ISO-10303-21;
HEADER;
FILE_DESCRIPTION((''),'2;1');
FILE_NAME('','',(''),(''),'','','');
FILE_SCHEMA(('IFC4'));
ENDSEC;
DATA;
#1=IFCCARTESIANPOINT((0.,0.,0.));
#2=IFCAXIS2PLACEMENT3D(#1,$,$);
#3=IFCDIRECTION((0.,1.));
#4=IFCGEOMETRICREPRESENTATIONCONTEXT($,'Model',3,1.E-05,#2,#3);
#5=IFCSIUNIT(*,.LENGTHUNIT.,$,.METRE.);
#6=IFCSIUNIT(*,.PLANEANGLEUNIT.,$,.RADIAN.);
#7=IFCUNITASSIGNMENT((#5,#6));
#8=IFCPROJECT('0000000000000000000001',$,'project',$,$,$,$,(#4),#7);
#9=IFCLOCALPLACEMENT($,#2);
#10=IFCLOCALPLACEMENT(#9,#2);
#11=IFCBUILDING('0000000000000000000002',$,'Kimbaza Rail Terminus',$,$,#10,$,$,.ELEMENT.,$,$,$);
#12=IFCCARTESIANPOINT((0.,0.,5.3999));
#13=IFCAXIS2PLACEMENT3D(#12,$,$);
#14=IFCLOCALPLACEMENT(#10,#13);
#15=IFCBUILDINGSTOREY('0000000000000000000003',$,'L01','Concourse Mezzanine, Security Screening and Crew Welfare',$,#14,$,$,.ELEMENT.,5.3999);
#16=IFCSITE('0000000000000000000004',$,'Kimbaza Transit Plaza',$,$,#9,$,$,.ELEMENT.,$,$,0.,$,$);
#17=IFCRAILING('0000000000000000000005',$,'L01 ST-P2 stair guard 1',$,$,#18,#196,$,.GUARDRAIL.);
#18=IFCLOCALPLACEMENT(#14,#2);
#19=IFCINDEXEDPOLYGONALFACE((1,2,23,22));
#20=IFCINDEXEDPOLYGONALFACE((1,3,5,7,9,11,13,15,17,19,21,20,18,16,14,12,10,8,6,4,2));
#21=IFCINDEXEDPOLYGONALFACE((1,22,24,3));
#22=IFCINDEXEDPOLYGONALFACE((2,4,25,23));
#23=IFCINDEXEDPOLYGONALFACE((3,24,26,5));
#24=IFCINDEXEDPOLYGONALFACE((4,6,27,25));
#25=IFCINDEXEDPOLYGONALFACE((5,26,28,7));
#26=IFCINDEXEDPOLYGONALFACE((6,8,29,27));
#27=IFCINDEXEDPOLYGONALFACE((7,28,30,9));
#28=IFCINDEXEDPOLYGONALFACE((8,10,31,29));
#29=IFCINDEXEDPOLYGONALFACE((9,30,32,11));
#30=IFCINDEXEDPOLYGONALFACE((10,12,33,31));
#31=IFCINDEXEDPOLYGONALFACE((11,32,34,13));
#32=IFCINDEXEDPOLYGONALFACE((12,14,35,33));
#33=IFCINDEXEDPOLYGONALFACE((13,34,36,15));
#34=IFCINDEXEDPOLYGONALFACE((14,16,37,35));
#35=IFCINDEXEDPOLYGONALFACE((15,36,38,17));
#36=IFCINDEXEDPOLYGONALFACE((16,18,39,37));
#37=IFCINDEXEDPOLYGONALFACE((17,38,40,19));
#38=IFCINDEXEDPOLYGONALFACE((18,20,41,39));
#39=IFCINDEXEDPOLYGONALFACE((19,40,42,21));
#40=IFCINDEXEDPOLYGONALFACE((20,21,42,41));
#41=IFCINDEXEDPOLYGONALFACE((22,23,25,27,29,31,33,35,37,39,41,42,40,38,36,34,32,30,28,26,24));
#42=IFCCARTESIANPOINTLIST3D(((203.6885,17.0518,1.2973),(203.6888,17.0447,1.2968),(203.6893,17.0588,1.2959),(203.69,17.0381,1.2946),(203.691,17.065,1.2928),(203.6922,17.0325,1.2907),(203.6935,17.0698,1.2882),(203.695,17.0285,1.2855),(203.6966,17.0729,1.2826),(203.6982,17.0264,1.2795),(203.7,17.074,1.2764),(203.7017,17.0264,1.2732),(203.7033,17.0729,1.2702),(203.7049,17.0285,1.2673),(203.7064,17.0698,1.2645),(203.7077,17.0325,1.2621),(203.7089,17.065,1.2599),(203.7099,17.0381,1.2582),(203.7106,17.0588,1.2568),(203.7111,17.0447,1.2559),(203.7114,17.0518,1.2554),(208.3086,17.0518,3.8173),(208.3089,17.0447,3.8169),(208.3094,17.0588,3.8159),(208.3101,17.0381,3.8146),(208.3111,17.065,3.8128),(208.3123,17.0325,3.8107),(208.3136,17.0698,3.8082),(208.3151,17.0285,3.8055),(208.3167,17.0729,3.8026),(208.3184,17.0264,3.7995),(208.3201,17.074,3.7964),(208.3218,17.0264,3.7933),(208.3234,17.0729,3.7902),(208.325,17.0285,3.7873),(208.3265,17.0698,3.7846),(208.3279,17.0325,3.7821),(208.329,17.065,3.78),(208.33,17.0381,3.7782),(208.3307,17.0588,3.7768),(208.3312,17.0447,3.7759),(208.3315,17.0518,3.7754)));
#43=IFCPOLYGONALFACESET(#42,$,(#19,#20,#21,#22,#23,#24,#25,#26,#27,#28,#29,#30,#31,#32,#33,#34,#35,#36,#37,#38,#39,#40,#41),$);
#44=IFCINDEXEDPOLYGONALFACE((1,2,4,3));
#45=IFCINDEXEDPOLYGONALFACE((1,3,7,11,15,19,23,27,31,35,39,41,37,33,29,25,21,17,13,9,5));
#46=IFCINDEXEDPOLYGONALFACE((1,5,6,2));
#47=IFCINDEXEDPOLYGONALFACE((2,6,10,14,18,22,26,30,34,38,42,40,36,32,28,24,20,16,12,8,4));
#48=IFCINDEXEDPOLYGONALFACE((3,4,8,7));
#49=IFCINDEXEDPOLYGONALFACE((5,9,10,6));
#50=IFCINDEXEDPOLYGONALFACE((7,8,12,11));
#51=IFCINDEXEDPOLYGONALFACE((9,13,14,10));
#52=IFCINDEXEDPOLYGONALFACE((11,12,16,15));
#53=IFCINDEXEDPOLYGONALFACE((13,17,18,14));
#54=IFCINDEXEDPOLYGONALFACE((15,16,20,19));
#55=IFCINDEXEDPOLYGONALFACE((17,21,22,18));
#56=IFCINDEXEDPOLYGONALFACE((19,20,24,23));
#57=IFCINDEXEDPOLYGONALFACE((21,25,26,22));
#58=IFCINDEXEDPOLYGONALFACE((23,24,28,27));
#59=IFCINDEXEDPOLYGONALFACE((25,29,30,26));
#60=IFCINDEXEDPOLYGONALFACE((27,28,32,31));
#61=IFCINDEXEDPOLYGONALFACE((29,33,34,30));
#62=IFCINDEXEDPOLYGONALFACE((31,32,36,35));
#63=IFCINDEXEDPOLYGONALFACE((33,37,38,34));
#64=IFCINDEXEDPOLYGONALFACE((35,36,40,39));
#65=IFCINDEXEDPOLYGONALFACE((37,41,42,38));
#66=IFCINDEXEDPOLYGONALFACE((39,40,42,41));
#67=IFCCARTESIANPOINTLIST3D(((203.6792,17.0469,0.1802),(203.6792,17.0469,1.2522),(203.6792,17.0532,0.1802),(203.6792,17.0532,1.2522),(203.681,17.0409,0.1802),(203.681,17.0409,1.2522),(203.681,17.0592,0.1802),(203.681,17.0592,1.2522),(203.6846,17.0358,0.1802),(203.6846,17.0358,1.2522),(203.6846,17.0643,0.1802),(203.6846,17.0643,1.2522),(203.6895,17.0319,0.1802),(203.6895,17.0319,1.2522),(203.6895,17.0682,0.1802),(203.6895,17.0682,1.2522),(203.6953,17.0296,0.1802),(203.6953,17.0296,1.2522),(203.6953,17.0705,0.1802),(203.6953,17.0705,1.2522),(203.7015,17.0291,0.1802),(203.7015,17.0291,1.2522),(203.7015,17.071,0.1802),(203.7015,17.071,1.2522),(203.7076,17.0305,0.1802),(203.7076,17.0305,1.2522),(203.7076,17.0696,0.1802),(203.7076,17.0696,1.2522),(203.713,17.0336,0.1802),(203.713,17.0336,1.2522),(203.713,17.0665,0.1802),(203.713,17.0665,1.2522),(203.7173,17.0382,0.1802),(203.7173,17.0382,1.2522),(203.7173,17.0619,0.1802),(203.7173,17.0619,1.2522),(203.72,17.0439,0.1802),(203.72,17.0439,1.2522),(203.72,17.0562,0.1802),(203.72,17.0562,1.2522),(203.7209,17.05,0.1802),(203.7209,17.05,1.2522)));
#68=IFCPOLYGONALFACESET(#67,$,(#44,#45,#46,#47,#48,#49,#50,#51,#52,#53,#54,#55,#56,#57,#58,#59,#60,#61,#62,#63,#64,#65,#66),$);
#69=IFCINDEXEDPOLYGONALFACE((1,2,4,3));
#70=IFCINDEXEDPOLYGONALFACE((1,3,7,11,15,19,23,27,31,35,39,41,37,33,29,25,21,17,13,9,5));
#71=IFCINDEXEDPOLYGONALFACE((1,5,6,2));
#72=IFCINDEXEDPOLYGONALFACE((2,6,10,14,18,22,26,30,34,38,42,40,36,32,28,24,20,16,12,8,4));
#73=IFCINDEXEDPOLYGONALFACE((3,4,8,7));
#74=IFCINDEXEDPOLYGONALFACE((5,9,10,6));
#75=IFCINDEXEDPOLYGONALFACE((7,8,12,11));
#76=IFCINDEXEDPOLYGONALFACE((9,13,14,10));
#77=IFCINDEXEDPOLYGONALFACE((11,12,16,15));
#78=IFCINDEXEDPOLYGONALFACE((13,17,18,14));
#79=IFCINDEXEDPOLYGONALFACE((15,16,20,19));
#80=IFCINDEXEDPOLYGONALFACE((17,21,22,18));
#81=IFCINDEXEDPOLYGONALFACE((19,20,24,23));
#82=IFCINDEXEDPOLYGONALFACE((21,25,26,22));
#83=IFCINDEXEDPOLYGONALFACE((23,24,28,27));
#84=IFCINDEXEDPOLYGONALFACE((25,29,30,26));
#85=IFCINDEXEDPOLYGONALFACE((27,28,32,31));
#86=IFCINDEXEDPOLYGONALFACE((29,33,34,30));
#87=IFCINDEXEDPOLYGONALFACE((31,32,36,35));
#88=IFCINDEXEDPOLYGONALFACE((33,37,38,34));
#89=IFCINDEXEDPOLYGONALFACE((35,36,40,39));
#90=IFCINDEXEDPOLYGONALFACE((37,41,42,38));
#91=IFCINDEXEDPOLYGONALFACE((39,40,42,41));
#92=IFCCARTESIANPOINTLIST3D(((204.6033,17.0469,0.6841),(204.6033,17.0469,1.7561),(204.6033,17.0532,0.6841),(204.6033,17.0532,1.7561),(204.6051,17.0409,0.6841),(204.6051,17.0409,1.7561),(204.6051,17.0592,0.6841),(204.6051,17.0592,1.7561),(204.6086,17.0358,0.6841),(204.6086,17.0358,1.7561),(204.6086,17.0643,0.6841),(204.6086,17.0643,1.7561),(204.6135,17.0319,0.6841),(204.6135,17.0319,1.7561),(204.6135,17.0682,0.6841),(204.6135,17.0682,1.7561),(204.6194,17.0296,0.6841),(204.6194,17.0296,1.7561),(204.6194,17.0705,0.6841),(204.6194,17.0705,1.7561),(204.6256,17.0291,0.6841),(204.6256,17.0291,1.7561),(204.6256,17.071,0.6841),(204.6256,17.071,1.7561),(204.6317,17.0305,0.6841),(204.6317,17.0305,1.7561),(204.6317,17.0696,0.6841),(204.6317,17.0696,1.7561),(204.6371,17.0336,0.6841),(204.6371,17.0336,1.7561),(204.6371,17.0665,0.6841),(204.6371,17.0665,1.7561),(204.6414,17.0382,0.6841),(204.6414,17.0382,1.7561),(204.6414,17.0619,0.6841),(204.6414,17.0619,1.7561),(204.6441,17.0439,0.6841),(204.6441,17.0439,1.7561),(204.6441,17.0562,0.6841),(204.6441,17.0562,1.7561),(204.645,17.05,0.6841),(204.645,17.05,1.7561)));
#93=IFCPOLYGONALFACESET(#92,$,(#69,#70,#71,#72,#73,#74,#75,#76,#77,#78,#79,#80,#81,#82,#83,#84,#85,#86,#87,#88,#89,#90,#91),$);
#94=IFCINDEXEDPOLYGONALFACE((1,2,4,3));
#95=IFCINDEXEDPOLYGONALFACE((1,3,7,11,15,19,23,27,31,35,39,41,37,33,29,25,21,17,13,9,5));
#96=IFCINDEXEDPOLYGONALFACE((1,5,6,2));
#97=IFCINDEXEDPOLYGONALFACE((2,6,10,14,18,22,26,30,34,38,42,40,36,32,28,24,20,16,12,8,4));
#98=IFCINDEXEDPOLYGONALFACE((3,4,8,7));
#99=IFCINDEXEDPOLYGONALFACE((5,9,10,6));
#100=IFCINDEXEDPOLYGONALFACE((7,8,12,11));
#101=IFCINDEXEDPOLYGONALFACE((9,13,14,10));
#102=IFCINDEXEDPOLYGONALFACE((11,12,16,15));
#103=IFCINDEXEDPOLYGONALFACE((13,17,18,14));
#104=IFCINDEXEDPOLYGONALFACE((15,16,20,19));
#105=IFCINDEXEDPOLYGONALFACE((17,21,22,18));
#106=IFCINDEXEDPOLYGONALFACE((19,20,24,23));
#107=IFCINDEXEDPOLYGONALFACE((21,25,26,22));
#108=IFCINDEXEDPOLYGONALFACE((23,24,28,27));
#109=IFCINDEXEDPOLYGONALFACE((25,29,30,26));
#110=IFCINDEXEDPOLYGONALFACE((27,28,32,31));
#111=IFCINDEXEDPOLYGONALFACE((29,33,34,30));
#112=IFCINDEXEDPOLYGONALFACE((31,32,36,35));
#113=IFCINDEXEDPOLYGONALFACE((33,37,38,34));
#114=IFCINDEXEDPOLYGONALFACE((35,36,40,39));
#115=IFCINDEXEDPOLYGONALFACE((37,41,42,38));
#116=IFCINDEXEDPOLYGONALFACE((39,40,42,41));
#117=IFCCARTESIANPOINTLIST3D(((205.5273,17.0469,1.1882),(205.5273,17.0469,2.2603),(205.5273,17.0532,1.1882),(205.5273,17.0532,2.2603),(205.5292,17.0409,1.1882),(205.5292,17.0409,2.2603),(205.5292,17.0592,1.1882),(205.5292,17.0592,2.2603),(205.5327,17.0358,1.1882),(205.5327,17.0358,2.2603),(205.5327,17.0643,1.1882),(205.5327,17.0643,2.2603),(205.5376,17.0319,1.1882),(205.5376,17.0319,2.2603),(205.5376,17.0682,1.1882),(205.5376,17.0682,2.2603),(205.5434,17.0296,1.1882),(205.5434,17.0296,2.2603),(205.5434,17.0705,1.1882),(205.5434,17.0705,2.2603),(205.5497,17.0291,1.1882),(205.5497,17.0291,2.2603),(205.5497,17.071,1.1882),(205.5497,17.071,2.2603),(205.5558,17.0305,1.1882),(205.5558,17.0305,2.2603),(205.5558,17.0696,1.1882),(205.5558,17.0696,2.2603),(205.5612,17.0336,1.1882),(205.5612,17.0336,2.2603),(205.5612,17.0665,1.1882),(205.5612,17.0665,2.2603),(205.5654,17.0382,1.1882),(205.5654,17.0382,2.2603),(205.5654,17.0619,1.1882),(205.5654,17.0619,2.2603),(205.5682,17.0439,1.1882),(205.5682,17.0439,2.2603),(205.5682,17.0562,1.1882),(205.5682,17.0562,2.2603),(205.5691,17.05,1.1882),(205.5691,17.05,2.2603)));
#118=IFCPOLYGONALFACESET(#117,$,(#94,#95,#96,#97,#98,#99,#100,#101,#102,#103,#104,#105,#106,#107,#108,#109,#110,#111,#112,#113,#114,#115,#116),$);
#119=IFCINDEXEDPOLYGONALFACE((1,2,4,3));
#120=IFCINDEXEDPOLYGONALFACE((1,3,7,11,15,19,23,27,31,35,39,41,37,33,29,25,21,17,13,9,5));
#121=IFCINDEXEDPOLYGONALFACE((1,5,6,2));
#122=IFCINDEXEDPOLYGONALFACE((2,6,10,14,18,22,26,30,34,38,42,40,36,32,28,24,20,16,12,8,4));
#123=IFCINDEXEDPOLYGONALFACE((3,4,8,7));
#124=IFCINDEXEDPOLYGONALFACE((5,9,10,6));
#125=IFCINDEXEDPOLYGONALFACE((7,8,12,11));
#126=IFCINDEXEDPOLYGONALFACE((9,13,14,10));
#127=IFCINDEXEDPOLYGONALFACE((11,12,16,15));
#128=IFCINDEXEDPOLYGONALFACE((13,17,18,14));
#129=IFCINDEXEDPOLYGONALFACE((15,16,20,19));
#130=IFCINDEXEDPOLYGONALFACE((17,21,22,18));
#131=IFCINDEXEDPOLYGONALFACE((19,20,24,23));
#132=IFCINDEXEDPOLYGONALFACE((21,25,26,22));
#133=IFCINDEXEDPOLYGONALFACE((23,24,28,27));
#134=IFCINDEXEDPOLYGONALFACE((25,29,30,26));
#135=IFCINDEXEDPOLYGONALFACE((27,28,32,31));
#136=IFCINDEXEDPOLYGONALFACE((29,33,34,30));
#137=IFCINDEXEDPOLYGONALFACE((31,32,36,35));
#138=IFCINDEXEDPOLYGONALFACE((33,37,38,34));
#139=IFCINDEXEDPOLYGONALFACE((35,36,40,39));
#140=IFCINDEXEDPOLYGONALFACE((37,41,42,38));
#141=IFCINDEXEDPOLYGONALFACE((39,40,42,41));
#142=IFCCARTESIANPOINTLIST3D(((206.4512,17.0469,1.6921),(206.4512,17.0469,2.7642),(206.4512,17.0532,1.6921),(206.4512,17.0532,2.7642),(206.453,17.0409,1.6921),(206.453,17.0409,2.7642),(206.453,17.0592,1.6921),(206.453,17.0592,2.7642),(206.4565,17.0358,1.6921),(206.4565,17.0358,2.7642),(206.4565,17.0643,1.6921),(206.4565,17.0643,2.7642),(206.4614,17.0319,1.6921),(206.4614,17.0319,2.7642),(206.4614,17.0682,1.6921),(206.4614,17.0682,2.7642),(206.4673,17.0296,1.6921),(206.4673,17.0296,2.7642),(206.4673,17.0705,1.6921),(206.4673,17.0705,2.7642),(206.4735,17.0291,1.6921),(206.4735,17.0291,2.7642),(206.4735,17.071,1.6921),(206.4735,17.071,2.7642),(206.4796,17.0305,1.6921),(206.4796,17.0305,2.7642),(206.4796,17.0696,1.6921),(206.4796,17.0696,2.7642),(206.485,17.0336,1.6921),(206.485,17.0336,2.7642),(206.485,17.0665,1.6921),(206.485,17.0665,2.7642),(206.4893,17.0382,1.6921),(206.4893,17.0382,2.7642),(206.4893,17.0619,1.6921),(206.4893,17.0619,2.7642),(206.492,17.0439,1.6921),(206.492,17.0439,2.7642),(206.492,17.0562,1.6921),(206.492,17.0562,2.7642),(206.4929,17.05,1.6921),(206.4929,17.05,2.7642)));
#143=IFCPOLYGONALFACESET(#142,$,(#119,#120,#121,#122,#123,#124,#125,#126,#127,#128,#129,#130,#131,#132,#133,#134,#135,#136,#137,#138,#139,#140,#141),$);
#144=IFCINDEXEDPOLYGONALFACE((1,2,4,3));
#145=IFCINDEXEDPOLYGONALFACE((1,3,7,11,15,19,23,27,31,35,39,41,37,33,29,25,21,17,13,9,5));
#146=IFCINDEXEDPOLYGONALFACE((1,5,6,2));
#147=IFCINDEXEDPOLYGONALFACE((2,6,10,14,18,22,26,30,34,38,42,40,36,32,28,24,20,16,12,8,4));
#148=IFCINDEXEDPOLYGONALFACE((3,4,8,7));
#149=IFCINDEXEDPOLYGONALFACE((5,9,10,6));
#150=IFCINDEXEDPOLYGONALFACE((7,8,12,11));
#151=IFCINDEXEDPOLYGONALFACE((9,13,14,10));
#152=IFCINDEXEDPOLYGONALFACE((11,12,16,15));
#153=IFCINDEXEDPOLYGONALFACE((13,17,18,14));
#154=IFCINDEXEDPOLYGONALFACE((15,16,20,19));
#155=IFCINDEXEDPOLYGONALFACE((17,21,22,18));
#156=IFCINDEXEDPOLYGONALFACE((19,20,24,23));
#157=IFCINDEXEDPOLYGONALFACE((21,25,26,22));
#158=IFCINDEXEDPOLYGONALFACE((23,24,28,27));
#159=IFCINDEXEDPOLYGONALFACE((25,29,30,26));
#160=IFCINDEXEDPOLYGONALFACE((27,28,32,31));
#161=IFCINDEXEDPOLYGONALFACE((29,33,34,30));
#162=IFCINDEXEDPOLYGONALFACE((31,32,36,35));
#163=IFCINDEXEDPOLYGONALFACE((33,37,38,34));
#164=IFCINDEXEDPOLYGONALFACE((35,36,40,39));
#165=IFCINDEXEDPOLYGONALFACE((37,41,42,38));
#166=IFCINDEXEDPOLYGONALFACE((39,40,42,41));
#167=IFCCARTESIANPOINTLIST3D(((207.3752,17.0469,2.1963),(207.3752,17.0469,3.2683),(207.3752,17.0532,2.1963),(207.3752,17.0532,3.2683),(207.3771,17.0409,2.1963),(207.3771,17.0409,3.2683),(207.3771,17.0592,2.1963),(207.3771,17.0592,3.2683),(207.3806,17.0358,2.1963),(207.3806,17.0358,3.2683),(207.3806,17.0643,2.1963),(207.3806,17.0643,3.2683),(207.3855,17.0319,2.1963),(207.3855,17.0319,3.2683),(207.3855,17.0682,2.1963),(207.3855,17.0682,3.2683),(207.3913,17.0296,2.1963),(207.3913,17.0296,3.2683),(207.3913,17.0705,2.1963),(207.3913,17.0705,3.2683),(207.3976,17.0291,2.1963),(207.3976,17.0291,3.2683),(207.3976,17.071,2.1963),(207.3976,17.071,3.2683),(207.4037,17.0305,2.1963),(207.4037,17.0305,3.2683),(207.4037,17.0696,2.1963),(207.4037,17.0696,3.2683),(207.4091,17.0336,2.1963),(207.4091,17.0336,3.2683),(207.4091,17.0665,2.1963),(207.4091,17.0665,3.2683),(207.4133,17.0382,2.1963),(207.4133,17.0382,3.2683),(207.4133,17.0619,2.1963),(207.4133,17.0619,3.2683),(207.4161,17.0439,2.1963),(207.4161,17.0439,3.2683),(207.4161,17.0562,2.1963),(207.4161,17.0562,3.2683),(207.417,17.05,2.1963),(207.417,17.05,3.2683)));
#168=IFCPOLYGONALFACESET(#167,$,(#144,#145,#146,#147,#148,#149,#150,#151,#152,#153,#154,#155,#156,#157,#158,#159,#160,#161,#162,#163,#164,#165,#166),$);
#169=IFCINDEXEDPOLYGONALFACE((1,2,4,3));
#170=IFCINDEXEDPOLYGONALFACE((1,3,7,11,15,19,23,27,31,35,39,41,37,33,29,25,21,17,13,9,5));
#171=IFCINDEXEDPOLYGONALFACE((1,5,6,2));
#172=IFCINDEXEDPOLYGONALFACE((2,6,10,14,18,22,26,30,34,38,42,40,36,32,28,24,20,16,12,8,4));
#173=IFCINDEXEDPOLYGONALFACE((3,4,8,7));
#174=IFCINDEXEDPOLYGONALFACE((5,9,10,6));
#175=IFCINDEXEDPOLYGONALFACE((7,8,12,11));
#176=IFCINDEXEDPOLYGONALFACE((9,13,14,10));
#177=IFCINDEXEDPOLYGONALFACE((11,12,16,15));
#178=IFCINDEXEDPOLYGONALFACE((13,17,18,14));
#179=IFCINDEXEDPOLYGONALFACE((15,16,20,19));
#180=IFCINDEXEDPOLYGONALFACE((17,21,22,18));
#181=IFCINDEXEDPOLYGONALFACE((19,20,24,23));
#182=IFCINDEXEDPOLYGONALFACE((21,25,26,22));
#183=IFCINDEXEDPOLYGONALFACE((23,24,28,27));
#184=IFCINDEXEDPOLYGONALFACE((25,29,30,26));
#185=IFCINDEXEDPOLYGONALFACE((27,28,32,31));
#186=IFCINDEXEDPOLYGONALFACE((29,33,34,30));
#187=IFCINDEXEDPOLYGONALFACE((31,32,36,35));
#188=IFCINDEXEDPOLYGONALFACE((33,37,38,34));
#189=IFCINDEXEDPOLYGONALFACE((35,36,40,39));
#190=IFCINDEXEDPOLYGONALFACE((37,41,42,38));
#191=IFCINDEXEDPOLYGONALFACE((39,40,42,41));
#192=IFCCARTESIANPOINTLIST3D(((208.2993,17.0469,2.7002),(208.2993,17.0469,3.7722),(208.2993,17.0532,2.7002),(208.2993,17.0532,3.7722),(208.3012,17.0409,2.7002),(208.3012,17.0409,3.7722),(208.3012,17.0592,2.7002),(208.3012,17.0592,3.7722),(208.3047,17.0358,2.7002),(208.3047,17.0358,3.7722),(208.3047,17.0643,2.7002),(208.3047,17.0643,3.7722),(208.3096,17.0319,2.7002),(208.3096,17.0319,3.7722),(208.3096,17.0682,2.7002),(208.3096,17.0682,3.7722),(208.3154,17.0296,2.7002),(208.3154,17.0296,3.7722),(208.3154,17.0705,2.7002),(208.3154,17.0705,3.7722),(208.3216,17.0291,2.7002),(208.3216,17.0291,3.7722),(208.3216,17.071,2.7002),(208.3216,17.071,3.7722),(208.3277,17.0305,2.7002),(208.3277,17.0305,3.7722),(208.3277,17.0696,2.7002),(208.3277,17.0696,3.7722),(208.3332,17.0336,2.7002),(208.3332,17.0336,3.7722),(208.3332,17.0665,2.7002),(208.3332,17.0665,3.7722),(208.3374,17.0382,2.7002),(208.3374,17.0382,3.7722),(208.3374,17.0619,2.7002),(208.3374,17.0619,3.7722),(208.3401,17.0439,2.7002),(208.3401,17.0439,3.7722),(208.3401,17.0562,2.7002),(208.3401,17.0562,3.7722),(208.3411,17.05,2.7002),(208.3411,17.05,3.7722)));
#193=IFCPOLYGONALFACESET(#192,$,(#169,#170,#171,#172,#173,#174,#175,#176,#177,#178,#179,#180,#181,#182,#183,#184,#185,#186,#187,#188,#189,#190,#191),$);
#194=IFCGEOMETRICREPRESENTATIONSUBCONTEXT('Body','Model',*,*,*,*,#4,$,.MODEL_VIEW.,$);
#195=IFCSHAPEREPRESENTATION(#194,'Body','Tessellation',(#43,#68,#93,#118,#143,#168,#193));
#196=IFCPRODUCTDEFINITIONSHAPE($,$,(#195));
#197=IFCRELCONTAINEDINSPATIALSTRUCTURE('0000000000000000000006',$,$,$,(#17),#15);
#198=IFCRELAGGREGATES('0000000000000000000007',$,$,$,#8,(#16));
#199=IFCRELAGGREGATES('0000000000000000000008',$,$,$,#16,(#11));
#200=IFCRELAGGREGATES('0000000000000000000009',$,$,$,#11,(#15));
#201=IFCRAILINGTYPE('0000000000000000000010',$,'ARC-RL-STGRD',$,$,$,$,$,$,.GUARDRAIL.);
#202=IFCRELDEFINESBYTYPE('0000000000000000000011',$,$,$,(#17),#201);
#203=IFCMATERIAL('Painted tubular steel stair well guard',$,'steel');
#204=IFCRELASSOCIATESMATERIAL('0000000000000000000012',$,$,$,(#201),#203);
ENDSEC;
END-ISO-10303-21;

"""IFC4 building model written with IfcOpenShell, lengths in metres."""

from ifc_helpers import new_model, si_unit, direction, frame, origin, origin_2d, place, context, subcontext, project, spatial, circle, extrude, material, type_object, element, save


model = new_model("IFC4")

# Units and contexts
model_context = context("Model", 3, precision=1e-05, world=origin(), true_north=direction((0.0, 1.0)))
body_context = subcontext(model_context, "Body", "Model", "MODEL_VIEW")
ifc_project = project(units=[si_unit("LENGTHUNIT", "METRE"), si_unit("PLANEANGLEUNIT", "RADIAN")], contexts=[model_context])

# Site, building, storey
site_placement = place(None, origin())
site = spatial("IfcSite", under=ifc_project, at=site_placement, Name="Kimbaza Transit Plaza", CompositionType="ELEMENT", RefElevation=0.0)
building_placement = place(site_placement, origin())
building = spatial("IfcBuilding", under=site, at=building_placement, Name="Kimbaza Rail Terminus", CompositionType="ELEMENT")
storey_placement = place(building_placement, frame((0.0, 0.0, 5.3999)))
storey = spatial("IfcBuildingStorey", under=building, at=storey_placement, Name="L01", Description="Concourse Mezzanine, Security Screening and Crew Welfare", CompositionType="ELEMENT", Elevation=5.3999)

# Railing
ifc_material_1 = material(Name="Painted tubular steel stair well guard", Category="steel")
railing_type_1 = type_object("IfcRailingType", Name="ARC-RL-STGRD", PredefinedType="GUARDRAIL", material=ifc_material_1)
railing_1_placement = place(storey_placement, frame((203.7, 17.05, 0.1802)))
element("IfcRailing", 1, at=railing_1_placement, inside=storey, type_object=railing_type_1, Name="L01 ST-P2 stair guard 1", PredefinedType="GUARDRAIL", context=body_context, shape_type="SweptSolid", body=[
    extrude(circle(Radius=0.0239, at=origin_2d()), frame((0.0, 0.0, 1.0962), z_axis=(0.877899, 0.0, 0.478846), x_axis=(0.0, 1.0, 0.0)), (0.0, 0.0, 1.0), 5.2627),
    extrude(circle(Radius=0.021, at=origin_2d()), origin(), (0.0, 0.0, 1.0), 1.072),
    extrude(circle(Radius=0.021, at=origin_2d()), frame((0.9241, 0.0, 0.5039)), (0.0, 0.0, 1.0), 1.072),
    extrude(circle(Radius=0.021, at=origin_2d()), frame((1.8481, 0.0, 1.0081)), (0.0, 0.0, 1.0), 1.072),
    extrude(circle(Radius=0.021, at=origin_2d()), frame((2.772, 0.0, 1.512)), (0.0, 0.0, 1.0), 1.072),
    extrude(circle(Radius=0.021, at=origin_2d()), frame((3.696, 0.0, 2.0161)), (0.0, 0.0, 1.0), 1.072),
    extrude(circle(Radius=0.021, at=origin_2d()), frame((4.6201, 0.0, 2.52)), (0.0, 0.0, 1.0), 1.072),
])

save(model, "model.ifc")
